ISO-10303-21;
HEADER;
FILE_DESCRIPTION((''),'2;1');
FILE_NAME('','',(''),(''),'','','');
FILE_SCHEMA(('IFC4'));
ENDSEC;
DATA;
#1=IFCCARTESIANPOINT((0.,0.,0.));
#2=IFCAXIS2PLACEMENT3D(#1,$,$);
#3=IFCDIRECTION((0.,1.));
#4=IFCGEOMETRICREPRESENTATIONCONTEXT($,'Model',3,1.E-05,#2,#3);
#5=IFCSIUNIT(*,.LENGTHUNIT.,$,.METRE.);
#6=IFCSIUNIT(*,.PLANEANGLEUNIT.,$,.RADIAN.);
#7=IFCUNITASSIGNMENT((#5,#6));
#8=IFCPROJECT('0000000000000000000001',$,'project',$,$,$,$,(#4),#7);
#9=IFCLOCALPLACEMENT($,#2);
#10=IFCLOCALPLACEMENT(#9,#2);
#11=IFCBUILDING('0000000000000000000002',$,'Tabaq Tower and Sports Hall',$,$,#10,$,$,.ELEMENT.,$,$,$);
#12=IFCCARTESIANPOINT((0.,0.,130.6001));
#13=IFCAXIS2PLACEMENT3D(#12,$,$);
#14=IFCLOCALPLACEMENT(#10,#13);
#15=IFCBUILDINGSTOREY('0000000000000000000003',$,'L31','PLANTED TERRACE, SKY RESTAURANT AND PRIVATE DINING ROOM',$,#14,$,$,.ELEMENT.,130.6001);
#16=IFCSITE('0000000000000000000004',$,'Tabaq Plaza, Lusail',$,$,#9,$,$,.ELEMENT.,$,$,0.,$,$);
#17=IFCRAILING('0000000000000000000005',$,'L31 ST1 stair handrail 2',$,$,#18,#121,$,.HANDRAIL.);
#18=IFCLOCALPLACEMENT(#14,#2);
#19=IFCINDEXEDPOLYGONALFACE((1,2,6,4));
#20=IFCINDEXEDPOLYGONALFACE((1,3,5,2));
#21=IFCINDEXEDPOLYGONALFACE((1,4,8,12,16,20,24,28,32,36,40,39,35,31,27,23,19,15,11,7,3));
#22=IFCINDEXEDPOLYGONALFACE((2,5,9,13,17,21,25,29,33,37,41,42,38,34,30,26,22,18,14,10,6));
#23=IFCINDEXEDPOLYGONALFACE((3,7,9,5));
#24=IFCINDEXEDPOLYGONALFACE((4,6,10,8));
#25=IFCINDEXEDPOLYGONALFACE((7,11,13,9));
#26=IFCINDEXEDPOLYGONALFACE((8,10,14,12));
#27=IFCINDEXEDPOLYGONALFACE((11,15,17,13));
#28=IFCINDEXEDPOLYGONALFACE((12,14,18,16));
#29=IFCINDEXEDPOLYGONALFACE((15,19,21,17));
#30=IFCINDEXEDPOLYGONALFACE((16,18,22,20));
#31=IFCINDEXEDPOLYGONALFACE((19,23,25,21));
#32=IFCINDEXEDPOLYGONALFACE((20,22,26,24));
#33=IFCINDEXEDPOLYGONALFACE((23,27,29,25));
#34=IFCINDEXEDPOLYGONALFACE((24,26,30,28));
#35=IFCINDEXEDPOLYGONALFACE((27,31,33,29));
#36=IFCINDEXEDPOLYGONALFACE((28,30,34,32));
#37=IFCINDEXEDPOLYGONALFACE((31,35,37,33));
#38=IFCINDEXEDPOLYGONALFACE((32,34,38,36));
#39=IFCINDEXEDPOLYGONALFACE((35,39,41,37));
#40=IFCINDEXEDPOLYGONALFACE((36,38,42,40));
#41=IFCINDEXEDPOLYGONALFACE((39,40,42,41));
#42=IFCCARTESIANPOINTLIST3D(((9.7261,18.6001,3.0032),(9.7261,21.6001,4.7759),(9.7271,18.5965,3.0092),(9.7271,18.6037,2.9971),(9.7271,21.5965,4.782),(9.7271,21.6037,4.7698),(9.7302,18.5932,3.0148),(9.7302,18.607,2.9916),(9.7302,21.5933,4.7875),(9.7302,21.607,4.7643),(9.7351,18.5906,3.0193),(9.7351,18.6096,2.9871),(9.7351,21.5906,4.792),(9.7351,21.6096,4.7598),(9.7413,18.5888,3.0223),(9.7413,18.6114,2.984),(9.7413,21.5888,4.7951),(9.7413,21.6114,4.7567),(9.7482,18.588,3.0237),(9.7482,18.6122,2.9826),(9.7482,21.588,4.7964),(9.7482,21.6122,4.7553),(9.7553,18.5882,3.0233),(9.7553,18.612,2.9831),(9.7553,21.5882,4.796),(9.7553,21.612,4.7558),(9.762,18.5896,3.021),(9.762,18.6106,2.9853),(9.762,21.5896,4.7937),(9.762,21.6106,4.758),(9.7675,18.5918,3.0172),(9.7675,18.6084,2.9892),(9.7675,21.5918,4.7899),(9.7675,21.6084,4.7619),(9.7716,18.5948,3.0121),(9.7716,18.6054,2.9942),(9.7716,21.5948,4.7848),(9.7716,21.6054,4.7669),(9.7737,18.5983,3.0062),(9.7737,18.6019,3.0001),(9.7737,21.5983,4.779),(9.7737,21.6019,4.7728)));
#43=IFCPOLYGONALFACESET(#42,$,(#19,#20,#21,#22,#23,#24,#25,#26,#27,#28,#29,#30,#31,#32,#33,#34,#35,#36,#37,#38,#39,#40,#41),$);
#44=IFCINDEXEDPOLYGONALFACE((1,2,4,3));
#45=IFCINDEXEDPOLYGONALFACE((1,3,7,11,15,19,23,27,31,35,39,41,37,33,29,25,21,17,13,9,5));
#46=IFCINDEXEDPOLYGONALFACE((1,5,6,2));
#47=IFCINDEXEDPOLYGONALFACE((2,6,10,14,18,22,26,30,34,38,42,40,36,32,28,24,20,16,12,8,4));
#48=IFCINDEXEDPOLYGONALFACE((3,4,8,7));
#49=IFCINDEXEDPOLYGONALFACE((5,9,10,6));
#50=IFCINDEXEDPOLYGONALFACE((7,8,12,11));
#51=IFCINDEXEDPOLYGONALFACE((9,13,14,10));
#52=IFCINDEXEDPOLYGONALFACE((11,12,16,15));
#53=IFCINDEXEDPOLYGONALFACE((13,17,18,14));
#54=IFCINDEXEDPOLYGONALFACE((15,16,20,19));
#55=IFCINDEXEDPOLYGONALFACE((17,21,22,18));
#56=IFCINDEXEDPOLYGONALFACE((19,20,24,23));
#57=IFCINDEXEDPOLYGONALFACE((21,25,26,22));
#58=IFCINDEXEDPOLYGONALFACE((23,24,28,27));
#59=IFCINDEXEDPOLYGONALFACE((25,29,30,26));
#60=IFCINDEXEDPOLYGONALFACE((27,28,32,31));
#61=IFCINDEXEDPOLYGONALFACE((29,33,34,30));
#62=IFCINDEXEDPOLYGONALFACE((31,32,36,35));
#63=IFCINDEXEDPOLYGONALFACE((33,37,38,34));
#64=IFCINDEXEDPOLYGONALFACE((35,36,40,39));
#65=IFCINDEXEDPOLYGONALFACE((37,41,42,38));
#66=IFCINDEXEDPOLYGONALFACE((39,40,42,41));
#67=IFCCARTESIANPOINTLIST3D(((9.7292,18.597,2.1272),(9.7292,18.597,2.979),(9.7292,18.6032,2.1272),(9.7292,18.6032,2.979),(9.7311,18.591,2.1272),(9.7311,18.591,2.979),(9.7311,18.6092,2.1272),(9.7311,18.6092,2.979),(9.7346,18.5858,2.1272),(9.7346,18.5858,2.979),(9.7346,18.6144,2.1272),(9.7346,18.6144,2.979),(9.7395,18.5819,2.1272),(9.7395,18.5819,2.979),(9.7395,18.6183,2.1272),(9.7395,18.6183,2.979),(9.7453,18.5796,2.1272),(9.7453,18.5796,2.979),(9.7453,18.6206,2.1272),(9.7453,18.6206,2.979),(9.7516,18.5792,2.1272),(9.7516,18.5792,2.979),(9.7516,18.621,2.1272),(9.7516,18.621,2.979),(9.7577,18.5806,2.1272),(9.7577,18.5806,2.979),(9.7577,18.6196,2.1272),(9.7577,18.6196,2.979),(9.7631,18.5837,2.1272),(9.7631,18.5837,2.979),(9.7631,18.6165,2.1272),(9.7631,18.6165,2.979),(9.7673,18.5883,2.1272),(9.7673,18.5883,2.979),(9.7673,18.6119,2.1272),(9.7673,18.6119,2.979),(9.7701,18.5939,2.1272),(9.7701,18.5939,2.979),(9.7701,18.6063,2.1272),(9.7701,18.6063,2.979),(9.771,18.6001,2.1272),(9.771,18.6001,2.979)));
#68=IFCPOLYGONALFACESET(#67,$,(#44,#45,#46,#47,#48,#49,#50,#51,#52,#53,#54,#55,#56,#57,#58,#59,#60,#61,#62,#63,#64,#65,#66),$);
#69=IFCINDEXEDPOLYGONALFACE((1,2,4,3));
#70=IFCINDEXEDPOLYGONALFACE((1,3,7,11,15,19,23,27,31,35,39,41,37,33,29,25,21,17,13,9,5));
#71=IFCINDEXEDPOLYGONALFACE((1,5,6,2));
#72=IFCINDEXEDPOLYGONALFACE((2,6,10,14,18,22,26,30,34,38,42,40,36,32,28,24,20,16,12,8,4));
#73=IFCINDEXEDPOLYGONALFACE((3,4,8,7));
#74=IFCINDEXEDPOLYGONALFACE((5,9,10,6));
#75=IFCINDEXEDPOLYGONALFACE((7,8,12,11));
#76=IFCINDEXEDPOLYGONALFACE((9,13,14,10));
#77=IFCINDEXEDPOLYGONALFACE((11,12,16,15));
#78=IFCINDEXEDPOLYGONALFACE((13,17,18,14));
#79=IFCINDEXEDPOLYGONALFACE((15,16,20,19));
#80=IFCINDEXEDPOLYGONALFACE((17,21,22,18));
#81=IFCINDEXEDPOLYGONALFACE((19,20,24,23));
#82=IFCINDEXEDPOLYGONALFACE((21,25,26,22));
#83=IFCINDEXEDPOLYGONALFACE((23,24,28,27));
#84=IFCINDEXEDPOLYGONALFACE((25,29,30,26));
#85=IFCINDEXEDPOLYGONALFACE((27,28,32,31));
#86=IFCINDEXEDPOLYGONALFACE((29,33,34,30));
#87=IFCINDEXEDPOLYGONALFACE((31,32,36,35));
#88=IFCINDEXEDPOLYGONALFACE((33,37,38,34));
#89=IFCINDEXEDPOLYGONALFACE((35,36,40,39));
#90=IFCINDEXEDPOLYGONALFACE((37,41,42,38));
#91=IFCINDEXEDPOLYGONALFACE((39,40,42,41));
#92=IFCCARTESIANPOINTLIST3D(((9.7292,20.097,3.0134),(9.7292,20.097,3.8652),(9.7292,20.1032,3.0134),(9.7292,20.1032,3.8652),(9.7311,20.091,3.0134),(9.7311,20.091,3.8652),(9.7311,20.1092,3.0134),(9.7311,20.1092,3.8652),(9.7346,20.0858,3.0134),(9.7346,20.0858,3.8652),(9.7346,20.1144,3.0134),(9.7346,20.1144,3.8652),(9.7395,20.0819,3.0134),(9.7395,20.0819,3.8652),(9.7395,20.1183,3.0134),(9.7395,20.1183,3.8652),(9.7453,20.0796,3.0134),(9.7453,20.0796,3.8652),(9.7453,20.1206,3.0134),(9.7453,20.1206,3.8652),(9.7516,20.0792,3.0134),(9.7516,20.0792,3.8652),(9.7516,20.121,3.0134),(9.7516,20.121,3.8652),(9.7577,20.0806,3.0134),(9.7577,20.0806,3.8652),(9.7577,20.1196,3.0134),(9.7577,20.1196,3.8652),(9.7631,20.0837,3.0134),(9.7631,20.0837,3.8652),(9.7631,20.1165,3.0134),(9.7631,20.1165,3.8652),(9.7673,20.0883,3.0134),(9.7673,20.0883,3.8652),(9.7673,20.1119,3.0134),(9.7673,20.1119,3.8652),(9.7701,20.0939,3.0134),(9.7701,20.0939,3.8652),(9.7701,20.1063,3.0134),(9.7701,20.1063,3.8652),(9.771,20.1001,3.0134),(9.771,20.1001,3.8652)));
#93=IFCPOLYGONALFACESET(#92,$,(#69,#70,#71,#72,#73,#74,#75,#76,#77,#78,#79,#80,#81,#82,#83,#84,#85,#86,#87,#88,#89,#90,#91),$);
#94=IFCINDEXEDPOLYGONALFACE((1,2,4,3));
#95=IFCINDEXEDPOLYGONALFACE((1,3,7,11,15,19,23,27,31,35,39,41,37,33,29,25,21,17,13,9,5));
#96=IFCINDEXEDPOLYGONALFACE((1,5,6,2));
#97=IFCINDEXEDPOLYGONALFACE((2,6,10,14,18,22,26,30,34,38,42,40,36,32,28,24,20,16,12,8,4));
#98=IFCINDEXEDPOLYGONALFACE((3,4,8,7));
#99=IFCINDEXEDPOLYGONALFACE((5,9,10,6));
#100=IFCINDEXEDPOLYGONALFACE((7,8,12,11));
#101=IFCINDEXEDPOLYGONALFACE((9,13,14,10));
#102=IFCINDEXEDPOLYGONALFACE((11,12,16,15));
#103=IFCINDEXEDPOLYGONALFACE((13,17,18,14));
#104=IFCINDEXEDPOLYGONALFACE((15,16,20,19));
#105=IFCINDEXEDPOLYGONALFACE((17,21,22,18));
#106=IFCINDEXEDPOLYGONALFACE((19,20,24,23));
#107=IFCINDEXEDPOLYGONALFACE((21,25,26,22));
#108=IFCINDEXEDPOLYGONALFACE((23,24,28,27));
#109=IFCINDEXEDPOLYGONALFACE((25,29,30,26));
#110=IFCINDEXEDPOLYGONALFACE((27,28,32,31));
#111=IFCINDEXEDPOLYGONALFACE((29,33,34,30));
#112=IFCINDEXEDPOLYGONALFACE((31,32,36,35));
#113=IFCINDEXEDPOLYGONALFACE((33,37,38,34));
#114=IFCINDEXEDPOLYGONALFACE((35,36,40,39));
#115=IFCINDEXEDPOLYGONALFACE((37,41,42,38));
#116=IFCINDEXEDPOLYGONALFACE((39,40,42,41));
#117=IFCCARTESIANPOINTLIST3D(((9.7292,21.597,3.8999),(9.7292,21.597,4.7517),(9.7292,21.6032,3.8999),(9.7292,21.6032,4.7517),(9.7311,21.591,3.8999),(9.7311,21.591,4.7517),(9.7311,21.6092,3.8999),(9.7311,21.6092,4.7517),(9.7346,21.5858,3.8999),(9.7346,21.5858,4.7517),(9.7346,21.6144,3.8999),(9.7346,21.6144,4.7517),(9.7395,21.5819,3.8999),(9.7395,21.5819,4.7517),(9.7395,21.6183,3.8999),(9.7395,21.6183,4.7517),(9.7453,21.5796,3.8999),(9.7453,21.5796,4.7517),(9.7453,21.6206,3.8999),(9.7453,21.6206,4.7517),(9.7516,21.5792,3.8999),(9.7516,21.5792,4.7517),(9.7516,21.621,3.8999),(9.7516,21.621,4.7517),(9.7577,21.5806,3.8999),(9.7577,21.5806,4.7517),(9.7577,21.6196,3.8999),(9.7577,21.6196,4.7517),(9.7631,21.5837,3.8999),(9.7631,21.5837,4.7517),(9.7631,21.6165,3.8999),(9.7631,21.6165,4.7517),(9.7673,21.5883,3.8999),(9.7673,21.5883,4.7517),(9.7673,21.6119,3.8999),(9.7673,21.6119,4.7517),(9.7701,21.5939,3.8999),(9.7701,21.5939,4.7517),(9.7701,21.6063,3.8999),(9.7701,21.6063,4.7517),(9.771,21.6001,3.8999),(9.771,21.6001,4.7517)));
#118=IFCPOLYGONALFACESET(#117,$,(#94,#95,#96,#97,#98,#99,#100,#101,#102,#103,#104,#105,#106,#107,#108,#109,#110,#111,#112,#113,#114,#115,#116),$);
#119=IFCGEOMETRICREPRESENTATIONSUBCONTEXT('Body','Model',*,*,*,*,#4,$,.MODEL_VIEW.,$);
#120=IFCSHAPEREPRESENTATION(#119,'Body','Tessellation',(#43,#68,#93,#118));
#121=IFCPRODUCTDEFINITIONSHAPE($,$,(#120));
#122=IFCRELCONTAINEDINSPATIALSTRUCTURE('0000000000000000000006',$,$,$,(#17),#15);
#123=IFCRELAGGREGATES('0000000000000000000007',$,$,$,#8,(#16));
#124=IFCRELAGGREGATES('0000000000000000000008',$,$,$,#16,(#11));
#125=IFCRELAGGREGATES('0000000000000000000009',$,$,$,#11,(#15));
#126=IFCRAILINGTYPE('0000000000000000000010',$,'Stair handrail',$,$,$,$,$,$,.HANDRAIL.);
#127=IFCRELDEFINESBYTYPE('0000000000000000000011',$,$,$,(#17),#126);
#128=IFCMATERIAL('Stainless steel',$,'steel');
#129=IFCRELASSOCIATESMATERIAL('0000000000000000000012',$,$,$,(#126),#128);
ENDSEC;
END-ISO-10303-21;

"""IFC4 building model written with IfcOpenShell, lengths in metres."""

from ifc_helpers import new_model, si_unit, direction, frame, origin, origin_2d, place, context, subcontext, project, spatial, circle, extrude, material, type_object, element, save


model = new_model("IFC4")

# Units and contexts
model_context = context("Model", 3, precision=1e-05, world=origin(), true_north=direction((0.0, 1.0)))
body_context = subcontext(model_context, "Body", "Model", "MODEL_VIEW")
ifc_project = project(units=[si_unit("LENGTHUNIT", "METRE"), si_unit("PLANEANGLEUNIT", "RADIAN")], contexts=[model_context])

# Site, building, storey
site_placement = place(None, origin())
site = spatial("IfcSite", under=ifc_project, at=site_placement, Name="Tabaq Plaza, Lusail", CompositionType="ELEMENT", RefElevation=0.0)
building_placement = place(site_placement, origin())
building = spatial("IfcBuilding", under=site, at=building_placement, Name="Tabaq Tower and Sports Hall", CompositionType="ELEMENT")
storey_placement = place(building_placement, frame((0.0, 0.0, 130.6001)))
storey = spatial("IfcBuildingStorey", under=building, at=storey_placement, Name="L31", Description="PLANTED TERRACE, SKY RESTAURANT AND PRIVATE DINING ROOM", CompositionType="ELEMENT", Elevation=130.6001)

# Railing
ifc_material_1 = material(Name="Stainless steel", Category="steel")
railing_type_1 = type_object("IfcRailingType", Name="Stair handrail", PredefinedType="HANDRAIL", material=ifc_material_1)
railing_1_placement = place(storey_placement, frame((9.75, 18.6001, 2.1272)))
element("IfcRailing", 1, at=railing_1_placement, inside=storey, type_object=railing_type_1, Name="L31 ST1 stair handrail 2", PredefinedType="HANDRAIL", context=body_context, shape_type="SweptSolid", body=[
    extrude(circle(Radius=0.0239, at=origin_2d()), frame((0.0, 0.0, 0.876), z_axis=(0.0, 0.860929, 0.508725), x_axis=(-1.0, 0.0, 0.0)), (0.0, 0.0, 1.0), 3.4846),
    extrude(circle(Radius=0.021, at=origin_2d()), origin(), (0.0, 0.0, 1.0), 0.8518),
    extrude(circle(Radius=0.021, at=origin_2d()), frame((0.0, 1.5, 0.8862)), (0.0, 0.0, 1.0), 0.8518),
    extrude(circle(Radius=0.021, at=origin_2d()), frame((0.0, 3.0, 1.7727)), (0.0, 0.0, 1.0), 0.8518),
])

save(model, "model.ifc")
